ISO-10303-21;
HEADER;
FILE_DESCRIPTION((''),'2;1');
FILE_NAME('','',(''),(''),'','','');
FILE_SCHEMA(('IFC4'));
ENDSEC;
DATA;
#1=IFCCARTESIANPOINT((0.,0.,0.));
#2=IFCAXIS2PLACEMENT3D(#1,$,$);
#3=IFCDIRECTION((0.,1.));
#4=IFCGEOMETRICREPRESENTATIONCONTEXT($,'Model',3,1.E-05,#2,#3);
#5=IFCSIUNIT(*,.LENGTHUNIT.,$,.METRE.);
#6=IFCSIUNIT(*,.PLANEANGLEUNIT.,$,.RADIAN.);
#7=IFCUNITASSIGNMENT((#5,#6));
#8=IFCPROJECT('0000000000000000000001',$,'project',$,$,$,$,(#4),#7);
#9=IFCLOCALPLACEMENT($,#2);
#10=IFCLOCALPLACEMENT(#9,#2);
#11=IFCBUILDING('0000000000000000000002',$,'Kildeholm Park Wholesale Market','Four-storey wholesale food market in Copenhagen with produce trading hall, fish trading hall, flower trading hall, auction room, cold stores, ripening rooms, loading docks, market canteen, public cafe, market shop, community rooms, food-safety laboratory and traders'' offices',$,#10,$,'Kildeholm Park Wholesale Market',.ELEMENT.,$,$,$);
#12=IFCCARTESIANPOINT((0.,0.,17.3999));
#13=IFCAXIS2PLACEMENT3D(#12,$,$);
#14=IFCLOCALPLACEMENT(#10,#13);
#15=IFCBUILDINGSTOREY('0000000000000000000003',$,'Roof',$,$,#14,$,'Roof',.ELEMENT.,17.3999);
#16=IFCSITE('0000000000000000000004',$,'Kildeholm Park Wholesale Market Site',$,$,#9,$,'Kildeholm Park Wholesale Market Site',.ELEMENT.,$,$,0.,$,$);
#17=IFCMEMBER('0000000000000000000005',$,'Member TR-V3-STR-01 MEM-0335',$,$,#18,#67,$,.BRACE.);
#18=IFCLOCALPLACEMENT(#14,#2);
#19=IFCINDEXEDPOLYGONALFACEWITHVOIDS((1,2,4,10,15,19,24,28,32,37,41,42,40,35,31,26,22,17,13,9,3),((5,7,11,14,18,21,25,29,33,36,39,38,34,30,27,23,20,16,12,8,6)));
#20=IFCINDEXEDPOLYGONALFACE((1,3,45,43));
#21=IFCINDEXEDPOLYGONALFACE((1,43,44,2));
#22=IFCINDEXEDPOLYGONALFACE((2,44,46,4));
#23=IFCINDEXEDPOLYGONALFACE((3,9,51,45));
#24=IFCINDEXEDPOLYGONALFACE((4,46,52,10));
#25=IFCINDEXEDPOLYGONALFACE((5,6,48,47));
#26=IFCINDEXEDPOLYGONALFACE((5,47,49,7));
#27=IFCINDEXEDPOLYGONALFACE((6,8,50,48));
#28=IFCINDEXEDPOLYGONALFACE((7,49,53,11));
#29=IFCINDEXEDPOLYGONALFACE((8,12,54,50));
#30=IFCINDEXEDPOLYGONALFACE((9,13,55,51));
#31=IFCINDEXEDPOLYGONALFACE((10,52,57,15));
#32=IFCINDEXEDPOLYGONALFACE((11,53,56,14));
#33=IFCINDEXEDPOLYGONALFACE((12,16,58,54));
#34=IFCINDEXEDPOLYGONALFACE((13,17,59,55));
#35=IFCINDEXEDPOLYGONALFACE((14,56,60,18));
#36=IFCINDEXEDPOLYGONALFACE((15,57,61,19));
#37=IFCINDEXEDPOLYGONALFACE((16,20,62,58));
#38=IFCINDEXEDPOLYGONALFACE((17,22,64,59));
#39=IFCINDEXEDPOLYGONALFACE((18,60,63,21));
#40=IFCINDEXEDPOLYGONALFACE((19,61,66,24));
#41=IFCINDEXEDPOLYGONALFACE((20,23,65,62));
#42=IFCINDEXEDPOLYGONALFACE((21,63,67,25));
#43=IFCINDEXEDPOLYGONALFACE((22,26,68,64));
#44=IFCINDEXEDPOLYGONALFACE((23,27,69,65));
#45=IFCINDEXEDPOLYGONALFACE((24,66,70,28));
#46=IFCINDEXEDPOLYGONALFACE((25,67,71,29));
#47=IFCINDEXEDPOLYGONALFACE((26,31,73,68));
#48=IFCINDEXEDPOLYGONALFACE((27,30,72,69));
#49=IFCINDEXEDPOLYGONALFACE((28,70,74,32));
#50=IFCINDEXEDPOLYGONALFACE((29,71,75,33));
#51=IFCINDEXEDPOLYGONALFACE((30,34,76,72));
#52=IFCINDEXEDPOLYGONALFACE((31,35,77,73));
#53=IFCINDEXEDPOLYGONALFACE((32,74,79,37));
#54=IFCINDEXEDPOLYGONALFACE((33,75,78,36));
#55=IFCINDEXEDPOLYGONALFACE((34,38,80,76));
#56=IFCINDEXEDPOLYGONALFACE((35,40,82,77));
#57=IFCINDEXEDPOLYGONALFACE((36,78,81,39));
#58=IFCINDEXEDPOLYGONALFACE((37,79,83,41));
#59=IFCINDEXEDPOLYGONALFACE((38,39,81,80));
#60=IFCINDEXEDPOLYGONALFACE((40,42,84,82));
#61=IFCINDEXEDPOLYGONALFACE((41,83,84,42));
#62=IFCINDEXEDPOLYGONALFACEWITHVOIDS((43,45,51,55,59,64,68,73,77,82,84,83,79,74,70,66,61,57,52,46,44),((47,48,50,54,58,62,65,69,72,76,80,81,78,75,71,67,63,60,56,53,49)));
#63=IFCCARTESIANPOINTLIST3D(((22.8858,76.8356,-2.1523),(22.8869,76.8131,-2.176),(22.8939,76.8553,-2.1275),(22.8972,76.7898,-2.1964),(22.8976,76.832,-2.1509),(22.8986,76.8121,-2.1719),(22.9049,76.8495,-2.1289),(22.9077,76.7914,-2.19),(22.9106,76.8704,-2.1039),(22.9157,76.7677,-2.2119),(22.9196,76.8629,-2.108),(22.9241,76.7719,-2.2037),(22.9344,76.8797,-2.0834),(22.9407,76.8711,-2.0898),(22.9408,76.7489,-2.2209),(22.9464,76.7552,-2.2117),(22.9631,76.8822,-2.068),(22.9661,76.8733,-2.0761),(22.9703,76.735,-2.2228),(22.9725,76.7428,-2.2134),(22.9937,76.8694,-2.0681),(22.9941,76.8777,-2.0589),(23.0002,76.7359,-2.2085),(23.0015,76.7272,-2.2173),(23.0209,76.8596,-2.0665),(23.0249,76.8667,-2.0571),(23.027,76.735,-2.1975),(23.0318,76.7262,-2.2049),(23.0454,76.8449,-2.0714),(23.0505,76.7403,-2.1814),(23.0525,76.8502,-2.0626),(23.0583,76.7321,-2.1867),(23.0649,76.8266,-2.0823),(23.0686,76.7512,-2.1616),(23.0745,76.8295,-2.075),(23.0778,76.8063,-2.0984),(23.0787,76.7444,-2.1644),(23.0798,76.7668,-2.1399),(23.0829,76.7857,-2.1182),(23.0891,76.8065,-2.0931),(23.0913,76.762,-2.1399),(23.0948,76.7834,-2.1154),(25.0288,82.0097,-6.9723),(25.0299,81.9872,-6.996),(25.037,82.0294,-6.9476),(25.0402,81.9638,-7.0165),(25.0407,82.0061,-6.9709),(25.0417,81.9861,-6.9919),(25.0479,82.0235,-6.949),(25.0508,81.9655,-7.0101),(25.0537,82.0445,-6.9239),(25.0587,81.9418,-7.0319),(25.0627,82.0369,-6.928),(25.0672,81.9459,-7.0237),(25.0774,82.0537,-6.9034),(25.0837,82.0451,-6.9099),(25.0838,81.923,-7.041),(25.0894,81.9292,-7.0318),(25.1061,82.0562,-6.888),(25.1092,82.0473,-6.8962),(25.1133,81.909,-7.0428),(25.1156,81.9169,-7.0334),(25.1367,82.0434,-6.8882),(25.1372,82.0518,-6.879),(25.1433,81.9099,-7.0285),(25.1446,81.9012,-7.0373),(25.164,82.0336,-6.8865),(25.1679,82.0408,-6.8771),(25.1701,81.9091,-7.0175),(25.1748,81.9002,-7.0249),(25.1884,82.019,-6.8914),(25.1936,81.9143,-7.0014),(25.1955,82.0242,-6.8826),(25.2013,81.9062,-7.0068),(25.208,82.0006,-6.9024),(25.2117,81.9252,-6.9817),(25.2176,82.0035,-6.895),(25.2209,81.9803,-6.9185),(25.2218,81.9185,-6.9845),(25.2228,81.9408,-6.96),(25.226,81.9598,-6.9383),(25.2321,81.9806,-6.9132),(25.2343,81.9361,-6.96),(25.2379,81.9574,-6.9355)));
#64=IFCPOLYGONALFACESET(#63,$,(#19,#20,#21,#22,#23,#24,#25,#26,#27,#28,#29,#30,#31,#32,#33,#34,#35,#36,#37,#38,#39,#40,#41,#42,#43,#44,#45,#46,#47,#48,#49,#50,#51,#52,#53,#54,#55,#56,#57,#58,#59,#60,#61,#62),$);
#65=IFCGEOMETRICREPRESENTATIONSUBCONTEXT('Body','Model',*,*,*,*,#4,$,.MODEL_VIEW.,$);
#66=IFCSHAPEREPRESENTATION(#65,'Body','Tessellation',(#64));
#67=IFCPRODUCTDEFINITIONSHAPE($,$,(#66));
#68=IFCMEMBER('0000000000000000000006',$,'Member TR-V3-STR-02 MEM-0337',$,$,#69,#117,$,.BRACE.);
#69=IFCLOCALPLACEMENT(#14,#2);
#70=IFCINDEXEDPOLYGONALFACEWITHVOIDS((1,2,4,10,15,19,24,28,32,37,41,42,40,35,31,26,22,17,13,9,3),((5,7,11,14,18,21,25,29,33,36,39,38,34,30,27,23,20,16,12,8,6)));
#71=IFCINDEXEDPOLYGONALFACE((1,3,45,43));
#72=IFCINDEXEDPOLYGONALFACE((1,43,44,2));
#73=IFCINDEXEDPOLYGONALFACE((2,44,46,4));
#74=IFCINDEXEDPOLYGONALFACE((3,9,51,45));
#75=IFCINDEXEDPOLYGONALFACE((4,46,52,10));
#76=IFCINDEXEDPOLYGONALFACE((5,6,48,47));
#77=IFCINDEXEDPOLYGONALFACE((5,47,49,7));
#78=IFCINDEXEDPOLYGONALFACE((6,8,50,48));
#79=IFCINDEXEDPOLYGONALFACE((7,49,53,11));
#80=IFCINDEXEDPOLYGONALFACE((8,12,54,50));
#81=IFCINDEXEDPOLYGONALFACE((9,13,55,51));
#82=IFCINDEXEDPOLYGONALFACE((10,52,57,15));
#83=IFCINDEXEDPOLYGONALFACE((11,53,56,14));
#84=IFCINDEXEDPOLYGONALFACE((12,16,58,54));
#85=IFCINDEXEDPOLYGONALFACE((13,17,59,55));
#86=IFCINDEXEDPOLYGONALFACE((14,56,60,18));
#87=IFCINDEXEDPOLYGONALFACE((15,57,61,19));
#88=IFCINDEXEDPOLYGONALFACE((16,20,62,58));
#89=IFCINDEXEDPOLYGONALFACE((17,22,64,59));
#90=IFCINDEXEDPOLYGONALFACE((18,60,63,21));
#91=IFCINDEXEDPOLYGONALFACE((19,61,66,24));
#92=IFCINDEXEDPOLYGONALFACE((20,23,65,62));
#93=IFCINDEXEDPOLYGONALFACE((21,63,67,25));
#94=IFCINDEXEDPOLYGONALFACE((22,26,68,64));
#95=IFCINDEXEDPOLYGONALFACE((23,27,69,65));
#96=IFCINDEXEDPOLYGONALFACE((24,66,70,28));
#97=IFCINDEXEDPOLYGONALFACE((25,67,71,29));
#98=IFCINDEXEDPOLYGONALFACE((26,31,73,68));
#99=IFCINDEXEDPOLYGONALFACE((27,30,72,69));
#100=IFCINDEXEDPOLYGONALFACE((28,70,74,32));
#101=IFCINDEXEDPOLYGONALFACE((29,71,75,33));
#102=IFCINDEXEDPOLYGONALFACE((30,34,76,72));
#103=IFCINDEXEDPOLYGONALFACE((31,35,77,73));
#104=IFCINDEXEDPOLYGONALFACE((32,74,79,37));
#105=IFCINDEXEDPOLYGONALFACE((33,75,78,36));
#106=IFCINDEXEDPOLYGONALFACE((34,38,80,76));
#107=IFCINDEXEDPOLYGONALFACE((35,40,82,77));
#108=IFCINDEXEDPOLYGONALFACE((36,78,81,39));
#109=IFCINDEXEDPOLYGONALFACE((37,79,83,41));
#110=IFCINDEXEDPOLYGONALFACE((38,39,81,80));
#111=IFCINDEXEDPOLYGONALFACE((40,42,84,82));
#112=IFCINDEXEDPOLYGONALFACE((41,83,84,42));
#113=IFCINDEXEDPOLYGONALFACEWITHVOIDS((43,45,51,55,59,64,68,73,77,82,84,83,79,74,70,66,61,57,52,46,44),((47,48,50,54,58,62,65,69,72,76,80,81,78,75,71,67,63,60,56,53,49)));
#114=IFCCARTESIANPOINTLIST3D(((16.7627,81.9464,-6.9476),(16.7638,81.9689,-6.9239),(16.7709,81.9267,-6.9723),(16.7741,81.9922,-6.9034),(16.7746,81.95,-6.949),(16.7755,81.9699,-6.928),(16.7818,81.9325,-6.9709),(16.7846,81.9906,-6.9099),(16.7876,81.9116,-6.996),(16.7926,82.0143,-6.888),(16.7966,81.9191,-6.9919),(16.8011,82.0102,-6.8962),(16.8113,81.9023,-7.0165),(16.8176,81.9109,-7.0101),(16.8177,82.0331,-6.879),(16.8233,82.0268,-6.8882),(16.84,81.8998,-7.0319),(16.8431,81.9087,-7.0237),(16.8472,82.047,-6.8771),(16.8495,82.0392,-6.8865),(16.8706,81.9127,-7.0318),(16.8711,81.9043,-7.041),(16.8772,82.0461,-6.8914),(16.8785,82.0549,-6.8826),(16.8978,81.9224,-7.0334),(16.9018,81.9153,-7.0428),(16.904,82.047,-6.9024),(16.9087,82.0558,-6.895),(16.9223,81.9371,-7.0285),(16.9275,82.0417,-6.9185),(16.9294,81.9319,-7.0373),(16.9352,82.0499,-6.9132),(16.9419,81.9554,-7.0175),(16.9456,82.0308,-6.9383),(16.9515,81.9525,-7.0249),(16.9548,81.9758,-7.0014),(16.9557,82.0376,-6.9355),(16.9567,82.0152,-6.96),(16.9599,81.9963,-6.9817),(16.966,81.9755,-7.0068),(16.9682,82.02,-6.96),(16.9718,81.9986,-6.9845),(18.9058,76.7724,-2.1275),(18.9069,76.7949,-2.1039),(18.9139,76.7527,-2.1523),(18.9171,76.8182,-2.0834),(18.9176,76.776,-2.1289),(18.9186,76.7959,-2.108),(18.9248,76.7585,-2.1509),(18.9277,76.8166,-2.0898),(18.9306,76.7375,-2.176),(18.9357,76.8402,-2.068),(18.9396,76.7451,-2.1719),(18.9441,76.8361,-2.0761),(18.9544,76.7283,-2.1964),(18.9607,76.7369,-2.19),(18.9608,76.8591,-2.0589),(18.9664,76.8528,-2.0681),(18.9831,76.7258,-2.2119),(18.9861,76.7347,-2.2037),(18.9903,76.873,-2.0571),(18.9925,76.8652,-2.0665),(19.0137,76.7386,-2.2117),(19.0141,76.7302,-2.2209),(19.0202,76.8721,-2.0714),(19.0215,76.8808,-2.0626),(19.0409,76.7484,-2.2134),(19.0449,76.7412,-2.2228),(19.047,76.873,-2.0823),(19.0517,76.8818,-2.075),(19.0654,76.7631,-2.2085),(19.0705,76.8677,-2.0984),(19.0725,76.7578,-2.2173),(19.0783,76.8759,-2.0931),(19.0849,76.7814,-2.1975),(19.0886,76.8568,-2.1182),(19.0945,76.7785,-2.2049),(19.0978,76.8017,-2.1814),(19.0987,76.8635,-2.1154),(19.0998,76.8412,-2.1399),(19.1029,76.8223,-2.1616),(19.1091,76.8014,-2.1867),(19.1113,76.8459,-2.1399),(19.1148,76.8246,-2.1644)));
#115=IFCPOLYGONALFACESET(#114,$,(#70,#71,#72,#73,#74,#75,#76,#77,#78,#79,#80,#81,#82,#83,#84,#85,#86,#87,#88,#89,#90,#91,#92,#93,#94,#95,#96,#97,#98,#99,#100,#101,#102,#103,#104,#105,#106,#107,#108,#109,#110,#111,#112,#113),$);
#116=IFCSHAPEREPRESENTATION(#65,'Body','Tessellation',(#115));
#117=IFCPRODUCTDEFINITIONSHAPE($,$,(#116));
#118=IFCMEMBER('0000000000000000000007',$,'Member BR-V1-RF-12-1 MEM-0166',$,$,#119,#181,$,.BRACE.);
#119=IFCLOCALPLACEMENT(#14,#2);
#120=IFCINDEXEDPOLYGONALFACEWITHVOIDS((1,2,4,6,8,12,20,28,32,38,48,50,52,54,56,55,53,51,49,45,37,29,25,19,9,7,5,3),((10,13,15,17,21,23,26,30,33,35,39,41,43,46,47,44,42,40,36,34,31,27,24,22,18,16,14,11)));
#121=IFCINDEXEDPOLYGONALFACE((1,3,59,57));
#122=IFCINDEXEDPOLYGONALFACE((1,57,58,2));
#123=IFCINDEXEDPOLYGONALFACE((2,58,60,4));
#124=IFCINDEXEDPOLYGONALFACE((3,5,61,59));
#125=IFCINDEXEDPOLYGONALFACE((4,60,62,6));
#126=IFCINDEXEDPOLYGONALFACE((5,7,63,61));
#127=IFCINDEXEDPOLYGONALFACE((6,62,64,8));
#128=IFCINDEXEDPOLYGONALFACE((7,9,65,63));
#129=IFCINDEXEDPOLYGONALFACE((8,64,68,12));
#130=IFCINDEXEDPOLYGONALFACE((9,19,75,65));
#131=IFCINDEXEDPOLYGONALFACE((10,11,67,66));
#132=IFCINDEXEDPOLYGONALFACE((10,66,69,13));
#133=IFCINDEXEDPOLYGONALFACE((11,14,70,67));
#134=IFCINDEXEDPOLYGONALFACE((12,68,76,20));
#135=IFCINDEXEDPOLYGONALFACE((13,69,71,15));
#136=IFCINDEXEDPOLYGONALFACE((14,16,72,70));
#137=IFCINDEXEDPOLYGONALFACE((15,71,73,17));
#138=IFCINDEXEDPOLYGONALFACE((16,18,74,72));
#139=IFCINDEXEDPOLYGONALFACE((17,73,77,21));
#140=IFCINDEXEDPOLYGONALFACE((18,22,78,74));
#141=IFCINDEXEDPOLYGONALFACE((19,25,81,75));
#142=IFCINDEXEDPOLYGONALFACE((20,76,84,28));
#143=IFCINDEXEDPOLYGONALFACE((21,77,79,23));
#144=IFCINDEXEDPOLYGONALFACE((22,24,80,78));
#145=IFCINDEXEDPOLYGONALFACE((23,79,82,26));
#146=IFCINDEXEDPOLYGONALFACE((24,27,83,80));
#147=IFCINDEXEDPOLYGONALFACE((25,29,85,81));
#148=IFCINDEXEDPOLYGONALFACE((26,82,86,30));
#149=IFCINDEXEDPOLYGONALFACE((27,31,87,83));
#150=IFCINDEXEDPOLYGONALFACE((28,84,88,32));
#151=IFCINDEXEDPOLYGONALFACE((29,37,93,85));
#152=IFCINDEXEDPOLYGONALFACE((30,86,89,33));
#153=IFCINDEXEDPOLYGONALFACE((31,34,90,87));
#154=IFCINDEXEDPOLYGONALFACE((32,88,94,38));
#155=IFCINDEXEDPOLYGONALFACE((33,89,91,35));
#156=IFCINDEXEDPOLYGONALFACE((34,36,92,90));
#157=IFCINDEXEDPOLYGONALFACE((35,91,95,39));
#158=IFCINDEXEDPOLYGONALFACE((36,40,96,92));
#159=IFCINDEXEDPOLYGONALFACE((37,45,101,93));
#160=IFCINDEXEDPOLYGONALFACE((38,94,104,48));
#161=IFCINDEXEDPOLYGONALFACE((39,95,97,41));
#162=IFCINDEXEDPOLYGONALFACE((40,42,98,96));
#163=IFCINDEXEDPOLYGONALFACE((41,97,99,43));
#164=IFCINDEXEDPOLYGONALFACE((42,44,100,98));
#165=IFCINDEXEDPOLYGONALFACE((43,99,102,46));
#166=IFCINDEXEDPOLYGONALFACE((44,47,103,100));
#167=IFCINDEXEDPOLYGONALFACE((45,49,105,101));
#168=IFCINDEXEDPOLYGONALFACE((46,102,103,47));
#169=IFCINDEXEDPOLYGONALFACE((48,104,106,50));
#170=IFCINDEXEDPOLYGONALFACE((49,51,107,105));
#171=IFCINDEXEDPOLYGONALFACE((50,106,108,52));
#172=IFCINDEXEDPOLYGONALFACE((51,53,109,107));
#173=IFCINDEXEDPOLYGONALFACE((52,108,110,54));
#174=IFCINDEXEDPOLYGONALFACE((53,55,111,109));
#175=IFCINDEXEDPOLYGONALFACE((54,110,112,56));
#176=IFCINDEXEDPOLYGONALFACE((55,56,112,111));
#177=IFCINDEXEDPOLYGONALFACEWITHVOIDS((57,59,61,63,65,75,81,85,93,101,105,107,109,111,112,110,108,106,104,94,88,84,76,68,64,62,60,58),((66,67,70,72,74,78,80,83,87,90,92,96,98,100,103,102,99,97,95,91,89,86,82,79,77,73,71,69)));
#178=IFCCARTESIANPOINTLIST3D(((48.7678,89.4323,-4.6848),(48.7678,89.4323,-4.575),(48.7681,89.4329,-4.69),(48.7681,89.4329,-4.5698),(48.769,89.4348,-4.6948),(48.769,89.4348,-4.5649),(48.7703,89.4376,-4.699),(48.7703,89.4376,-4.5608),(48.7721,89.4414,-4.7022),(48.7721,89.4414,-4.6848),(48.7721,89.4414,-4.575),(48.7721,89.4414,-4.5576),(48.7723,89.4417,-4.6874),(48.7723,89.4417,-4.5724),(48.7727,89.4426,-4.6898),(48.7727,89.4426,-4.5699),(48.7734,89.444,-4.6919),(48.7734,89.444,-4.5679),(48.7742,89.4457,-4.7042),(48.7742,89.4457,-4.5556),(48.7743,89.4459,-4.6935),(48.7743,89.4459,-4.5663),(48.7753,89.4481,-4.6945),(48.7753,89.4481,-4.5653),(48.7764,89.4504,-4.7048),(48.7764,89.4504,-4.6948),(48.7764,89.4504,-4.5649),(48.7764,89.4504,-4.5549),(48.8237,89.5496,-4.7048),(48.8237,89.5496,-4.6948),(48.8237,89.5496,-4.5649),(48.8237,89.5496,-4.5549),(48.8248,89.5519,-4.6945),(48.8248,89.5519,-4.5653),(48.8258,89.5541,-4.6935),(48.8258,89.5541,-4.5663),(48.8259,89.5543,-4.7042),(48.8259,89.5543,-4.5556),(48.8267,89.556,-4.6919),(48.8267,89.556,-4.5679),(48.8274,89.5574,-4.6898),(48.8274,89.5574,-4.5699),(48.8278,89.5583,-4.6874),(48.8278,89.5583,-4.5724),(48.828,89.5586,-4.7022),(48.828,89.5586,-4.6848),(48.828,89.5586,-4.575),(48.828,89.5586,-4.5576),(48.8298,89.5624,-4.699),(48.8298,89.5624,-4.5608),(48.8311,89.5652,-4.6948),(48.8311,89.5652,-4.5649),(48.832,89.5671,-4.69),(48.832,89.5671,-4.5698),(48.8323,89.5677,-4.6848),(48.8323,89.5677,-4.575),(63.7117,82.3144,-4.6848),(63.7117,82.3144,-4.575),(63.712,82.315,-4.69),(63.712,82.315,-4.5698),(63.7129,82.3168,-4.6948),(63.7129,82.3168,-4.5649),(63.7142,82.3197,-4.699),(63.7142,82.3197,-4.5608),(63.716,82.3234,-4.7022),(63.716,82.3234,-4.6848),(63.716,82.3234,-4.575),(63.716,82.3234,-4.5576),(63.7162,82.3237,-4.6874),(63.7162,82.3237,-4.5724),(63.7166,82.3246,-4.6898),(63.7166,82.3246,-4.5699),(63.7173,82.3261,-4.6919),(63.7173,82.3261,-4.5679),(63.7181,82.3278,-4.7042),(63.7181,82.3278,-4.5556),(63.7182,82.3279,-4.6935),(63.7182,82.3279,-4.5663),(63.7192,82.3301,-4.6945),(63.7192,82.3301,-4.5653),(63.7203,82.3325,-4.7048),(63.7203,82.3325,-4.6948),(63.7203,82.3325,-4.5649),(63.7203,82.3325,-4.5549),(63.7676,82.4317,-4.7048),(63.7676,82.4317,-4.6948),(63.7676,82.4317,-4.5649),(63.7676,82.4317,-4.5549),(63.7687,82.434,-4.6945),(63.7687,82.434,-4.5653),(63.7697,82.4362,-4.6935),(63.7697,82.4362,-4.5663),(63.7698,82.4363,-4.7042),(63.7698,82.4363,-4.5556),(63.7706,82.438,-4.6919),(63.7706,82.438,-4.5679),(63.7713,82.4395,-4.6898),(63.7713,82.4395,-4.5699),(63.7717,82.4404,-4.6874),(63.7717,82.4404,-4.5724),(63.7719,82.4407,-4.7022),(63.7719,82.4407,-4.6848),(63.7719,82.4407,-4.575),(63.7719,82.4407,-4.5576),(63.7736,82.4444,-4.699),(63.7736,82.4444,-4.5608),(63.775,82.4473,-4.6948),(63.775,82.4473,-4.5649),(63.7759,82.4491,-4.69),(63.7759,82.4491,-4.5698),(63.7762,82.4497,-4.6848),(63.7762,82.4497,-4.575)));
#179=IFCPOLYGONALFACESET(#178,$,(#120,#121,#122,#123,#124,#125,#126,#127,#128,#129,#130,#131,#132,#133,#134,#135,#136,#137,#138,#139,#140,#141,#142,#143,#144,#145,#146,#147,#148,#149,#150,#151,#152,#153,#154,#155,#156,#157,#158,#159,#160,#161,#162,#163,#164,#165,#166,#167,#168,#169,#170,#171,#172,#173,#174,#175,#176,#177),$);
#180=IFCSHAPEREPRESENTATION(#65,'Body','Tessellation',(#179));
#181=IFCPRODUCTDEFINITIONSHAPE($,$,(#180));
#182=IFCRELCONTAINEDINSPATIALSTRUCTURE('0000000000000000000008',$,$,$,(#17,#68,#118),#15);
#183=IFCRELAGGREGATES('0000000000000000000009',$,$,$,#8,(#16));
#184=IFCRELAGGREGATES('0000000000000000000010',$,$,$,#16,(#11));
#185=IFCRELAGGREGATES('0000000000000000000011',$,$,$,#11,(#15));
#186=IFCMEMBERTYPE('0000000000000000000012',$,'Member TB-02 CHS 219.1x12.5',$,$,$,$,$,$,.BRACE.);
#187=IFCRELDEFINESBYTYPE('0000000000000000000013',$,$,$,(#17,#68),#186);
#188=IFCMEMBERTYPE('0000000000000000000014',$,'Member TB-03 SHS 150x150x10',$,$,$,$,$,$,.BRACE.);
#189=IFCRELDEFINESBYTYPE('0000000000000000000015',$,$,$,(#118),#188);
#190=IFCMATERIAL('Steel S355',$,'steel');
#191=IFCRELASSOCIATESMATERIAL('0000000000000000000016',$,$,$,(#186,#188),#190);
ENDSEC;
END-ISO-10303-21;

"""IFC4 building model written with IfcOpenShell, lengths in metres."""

from ifc_helpers import new_model, si_unit, direction, frame, origin, origin_2d, place, context, subcontext, project, spatial, hollow_rectangle, hollow_circle, extrude, material, material_profile, profile_set, type_object, element, save


model = new_model("IFC4")

# Units and contexts
model_context = context("Model", 3, precision=1e-05, world=origin(), true_north=direction((0.0, 1.0)))
body_context = subcontext(model_context, "Body", "Model", "MODEL_VIEW")
ifc_project = project(units=[si_unit("LENGTHUNIT", "METRE"), si_unit("PLANEANGLEUNIT", "RADIAN")], contexts=[model_context])

# Site, building, storey
site_placement = place(None, origin())
site = spatial("IfcSite", under=ifc_project, at=site_placement, Name="Kildeholm Park Wholesale Market Site", LongName="Kildeholm Park Wholesale Market Site", CompositionType="ELEMENT", RefElevation=0.0)
building_placement = place(site_placement, origin())
building = spatial("IfcBuilding", under=site, at=building_placement, Name="Kildeholm Park Wholesale Market", Description="Four-storey wholesale food market in Copenhagen with produce trading hall, fish trading hall, flower trading hall, auction room, cold stores, ripening rooms, loading docks, market canteen, public cafe, market shop, community rooms, food-safety laboratory and traders' offices", LongName="Kildeholm Park Wholesale Market", CompositionType="ELEMENT")
storey_placement = place(building_placement, frame((0.0, 0.0, 17.3999)))
storey = spatial("IfcBuildingStorey", under=building, at=storey_placement, Name="Roof", LongName="Roof", CompositionType="ELEMENT", Elevation=17.3999)

# Shared definitions
ifc_material_1 = material(Name="Steel S355", Category="steel")

# Members
ifc_material_profile_1 = material_profile(ifc_material_1, hollow_circle(Radius=0.1096, WallThickness=0.0125, at=origin_2d()), Name="CHS 219.1x12.5")
ifc_profile_set_1 = profile_set([ifc_material_profile_1], Name="Steel S355")
member_type_1 = type_object("IfcMemberType", Name="Member TB-02 CHS 219.1x12.5", PredefinedType="BRACE", material=ifc_profile_set_1)
for number, where, z_axis, x_axis, name in (
    (1, (25.1331, 81.978, -6.96), (-0.290036, -0.700243, 0.652333), (0.923886, -0.382668, 0.0), "Member TR-V3-STR-01 MEM-0335"),
    (2, (16.8669, 81.978, -6.96), (0.290036, -0.700243, 0.652333), (0.923886, 0.382668, 0.0), "Member TR-V3-STR-02 MEM-0337"),
):
    element("IfcMember", number, at=place(storey_placement, frame(where, z_axis=z_axis, x_axis=x_axis)), inside=storey, type_object=member_type_1, Name=name, PredefinedType="BRACE", context=body_context, shape_type="SweptSolid", body=[
        extrude(hollow_circle(Radius=0.1096, WallThickness=0.0125, at=origin_2d()), origin(), (0.0, 0.0, 1.0), 7.3889),
    ])
ifc_material_profile_2 = material_profile(ifc_material_1, hollow_rectangle(XDim=0.1499, YDim=0.1499, WallThickness=0.01, InnerFilletRadius=0.01, OuterFilletRadius=0.02, at=origin_2d()), Name="SHS 150x150x10")
ifc_profile_set_2 = profile_set([ifc_material_profile_2], Name="Steel S355")
member_type_2 = type_object("IfcMemberType", Name="Member TB-03 SHS 150x150x10", PredefinedType="BRACE", material=ifc_profile_set_2)
member_1_placement = place(storey_placement, frame((48.8, 89.5, -4.6299), z_axis=(0.902818, -0.430022, 0.0), x_axis=(0.430022, 0.902818, 0.0)))
element("IfcMember", 3, at=member_1_placement, inside=storey, type_object=member_type_2, Name="Member BR-V1-RF-12-1 MEM-0166", PredefinedType="BRACE", context=body_context, shape_type="SweptSolid", body=[
    extrude(hollow_rectangle(XDim=0.1499, YDim=0.1499, WallThickness=0.01, InnerFilletRadius=0.01, OuterFilletRadius=0.02, at=origin_2d()), origin(), (0.0, 0.0, 1.0), 16.5525),
])

save(model, "model.ifc")
